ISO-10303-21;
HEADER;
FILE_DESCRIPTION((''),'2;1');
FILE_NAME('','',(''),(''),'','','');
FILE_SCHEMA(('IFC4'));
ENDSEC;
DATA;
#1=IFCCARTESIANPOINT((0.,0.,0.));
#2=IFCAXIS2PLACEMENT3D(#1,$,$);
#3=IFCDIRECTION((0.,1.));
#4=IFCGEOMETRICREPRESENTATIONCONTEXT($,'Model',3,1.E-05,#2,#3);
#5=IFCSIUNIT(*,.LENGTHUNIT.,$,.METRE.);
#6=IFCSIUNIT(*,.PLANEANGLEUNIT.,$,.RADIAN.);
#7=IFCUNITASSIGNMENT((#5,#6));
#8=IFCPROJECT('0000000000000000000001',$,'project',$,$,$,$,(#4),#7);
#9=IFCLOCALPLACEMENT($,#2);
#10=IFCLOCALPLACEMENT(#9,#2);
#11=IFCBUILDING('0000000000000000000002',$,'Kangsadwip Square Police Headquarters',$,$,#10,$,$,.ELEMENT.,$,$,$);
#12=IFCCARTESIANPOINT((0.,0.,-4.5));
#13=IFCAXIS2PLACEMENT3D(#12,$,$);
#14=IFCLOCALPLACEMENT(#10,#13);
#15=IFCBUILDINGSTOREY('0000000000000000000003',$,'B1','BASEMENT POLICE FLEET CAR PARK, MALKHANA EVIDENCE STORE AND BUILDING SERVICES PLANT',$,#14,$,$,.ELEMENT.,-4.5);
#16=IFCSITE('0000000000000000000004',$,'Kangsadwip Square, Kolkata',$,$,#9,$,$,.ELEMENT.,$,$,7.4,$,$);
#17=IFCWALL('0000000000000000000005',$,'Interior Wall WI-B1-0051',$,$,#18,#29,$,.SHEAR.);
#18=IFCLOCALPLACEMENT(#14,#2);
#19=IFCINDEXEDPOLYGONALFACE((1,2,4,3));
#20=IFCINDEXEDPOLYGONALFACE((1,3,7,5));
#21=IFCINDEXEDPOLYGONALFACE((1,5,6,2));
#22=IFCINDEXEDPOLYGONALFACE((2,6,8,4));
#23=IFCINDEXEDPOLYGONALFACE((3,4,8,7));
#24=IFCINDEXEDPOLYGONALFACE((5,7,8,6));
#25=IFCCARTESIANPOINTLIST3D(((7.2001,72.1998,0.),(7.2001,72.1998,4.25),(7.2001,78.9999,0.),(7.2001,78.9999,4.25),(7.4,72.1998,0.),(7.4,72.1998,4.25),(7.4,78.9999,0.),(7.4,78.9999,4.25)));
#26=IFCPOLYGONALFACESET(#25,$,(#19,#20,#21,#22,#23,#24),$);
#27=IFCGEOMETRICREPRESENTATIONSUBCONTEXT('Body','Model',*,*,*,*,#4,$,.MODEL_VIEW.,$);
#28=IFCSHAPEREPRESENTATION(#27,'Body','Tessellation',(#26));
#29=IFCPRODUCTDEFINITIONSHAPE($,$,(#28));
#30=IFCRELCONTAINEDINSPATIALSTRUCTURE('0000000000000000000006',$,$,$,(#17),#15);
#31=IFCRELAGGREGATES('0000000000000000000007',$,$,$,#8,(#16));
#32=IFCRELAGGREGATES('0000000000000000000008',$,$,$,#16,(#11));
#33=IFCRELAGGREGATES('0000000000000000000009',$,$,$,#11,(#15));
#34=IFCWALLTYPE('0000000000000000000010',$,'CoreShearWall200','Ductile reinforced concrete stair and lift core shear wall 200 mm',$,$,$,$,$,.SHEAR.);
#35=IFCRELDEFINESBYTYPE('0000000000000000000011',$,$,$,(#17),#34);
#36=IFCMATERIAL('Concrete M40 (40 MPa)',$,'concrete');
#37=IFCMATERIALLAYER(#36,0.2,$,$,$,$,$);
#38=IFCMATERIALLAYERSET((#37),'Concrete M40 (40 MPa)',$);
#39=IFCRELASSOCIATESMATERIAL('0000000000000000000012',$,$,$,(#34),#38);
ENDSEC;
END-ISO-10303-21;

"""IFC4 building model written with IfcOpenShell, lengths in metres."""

from ifc_helpers import new_model, si_unit, direction, frame, frame_2d, origin, place, context, subcontext, project, spatial, rectangle, extrude, material, layer, layer_set, type_object, element, save


model = new_model("IFC4")

# Units and contexts
model_context = context("Model", 3, precision=1e-05, world=origin(), true_north=direction((0.0, 1.0)))
body_context = subcontext(model_context, "Body", "Model", "MODEL_VIEW")
ifc_project = project(units=[si_unit("LENGTHUNIT", "METRE"), si_unit("PLANEANGLEUNIT", "RADIAN")], contexts=[model_context])

# Site, building, storey
site_placement = place(None, origin())
site = spatial("IfcSite", under=ifc_project, at=site_placement, Name="Kangsadwip Square, Kolkata", CompositionType="ELEMENT", RefElevation=7.4)
building_placement = place(site_placement, origin())
building = spatial("IfcBuilding", under=site, at=building_placement, Name="Kangsadwip Square Police Headquarters", CompositionType="ELEMENT")
storey_placement = place(building_placement, frame((0.0, 0.0, -4.5)))
storey = spatial("IfcBuildingStorey", under=building, at=storey_placement, Name="B1", Description="BASEMENT POLICE FLEET CAR PARK, MALKHANA EVIDENCE STORE AND BUILDING SERVICES PLANT", CompositionType="ELEMENT", Elevation=-4.5)

# Wall
ifc_material_1 = material(Name="Concrete M40 (40 MPa)", Category="concrete")
ifc_layer_1 = layer(ifc_material_1, 0.2)
ifc_layer_set_1 = layer_set([ifc_layer_1], Name="Concrete M40 (40 MPa)")
wall_type_1 = type_object("IfcWallType", Name="CoreShearWall200", Description="Ductile reinforced concrete stair and lift core shear wall 200 mm", PredefinedType="SHEAR", material=ifc_layer_set_1)
wall_1_placement = place(storey_placement, frame((7.3, 72.2, 0.0), z_axis=(0.0, 0.0, 1.0), x_axis=(0.0, 1.0, 0.0)))
element("IfcWall", 1, at=wall_1_placement, inside=storey, type_object=wall_type_1, Name="Interior Wall WI-B1-0051", PredefinedType="SHEAR", context=body_context, shape_type="SweptSolid", body=[
    extrude(rectangle(XDim=6.8, YDim=0.2, at=frame_2d((3.3999, 0.0))), origin(), (0.0, 0.0, 1.0), 4.25),
])

save(model, "model.ifc")
